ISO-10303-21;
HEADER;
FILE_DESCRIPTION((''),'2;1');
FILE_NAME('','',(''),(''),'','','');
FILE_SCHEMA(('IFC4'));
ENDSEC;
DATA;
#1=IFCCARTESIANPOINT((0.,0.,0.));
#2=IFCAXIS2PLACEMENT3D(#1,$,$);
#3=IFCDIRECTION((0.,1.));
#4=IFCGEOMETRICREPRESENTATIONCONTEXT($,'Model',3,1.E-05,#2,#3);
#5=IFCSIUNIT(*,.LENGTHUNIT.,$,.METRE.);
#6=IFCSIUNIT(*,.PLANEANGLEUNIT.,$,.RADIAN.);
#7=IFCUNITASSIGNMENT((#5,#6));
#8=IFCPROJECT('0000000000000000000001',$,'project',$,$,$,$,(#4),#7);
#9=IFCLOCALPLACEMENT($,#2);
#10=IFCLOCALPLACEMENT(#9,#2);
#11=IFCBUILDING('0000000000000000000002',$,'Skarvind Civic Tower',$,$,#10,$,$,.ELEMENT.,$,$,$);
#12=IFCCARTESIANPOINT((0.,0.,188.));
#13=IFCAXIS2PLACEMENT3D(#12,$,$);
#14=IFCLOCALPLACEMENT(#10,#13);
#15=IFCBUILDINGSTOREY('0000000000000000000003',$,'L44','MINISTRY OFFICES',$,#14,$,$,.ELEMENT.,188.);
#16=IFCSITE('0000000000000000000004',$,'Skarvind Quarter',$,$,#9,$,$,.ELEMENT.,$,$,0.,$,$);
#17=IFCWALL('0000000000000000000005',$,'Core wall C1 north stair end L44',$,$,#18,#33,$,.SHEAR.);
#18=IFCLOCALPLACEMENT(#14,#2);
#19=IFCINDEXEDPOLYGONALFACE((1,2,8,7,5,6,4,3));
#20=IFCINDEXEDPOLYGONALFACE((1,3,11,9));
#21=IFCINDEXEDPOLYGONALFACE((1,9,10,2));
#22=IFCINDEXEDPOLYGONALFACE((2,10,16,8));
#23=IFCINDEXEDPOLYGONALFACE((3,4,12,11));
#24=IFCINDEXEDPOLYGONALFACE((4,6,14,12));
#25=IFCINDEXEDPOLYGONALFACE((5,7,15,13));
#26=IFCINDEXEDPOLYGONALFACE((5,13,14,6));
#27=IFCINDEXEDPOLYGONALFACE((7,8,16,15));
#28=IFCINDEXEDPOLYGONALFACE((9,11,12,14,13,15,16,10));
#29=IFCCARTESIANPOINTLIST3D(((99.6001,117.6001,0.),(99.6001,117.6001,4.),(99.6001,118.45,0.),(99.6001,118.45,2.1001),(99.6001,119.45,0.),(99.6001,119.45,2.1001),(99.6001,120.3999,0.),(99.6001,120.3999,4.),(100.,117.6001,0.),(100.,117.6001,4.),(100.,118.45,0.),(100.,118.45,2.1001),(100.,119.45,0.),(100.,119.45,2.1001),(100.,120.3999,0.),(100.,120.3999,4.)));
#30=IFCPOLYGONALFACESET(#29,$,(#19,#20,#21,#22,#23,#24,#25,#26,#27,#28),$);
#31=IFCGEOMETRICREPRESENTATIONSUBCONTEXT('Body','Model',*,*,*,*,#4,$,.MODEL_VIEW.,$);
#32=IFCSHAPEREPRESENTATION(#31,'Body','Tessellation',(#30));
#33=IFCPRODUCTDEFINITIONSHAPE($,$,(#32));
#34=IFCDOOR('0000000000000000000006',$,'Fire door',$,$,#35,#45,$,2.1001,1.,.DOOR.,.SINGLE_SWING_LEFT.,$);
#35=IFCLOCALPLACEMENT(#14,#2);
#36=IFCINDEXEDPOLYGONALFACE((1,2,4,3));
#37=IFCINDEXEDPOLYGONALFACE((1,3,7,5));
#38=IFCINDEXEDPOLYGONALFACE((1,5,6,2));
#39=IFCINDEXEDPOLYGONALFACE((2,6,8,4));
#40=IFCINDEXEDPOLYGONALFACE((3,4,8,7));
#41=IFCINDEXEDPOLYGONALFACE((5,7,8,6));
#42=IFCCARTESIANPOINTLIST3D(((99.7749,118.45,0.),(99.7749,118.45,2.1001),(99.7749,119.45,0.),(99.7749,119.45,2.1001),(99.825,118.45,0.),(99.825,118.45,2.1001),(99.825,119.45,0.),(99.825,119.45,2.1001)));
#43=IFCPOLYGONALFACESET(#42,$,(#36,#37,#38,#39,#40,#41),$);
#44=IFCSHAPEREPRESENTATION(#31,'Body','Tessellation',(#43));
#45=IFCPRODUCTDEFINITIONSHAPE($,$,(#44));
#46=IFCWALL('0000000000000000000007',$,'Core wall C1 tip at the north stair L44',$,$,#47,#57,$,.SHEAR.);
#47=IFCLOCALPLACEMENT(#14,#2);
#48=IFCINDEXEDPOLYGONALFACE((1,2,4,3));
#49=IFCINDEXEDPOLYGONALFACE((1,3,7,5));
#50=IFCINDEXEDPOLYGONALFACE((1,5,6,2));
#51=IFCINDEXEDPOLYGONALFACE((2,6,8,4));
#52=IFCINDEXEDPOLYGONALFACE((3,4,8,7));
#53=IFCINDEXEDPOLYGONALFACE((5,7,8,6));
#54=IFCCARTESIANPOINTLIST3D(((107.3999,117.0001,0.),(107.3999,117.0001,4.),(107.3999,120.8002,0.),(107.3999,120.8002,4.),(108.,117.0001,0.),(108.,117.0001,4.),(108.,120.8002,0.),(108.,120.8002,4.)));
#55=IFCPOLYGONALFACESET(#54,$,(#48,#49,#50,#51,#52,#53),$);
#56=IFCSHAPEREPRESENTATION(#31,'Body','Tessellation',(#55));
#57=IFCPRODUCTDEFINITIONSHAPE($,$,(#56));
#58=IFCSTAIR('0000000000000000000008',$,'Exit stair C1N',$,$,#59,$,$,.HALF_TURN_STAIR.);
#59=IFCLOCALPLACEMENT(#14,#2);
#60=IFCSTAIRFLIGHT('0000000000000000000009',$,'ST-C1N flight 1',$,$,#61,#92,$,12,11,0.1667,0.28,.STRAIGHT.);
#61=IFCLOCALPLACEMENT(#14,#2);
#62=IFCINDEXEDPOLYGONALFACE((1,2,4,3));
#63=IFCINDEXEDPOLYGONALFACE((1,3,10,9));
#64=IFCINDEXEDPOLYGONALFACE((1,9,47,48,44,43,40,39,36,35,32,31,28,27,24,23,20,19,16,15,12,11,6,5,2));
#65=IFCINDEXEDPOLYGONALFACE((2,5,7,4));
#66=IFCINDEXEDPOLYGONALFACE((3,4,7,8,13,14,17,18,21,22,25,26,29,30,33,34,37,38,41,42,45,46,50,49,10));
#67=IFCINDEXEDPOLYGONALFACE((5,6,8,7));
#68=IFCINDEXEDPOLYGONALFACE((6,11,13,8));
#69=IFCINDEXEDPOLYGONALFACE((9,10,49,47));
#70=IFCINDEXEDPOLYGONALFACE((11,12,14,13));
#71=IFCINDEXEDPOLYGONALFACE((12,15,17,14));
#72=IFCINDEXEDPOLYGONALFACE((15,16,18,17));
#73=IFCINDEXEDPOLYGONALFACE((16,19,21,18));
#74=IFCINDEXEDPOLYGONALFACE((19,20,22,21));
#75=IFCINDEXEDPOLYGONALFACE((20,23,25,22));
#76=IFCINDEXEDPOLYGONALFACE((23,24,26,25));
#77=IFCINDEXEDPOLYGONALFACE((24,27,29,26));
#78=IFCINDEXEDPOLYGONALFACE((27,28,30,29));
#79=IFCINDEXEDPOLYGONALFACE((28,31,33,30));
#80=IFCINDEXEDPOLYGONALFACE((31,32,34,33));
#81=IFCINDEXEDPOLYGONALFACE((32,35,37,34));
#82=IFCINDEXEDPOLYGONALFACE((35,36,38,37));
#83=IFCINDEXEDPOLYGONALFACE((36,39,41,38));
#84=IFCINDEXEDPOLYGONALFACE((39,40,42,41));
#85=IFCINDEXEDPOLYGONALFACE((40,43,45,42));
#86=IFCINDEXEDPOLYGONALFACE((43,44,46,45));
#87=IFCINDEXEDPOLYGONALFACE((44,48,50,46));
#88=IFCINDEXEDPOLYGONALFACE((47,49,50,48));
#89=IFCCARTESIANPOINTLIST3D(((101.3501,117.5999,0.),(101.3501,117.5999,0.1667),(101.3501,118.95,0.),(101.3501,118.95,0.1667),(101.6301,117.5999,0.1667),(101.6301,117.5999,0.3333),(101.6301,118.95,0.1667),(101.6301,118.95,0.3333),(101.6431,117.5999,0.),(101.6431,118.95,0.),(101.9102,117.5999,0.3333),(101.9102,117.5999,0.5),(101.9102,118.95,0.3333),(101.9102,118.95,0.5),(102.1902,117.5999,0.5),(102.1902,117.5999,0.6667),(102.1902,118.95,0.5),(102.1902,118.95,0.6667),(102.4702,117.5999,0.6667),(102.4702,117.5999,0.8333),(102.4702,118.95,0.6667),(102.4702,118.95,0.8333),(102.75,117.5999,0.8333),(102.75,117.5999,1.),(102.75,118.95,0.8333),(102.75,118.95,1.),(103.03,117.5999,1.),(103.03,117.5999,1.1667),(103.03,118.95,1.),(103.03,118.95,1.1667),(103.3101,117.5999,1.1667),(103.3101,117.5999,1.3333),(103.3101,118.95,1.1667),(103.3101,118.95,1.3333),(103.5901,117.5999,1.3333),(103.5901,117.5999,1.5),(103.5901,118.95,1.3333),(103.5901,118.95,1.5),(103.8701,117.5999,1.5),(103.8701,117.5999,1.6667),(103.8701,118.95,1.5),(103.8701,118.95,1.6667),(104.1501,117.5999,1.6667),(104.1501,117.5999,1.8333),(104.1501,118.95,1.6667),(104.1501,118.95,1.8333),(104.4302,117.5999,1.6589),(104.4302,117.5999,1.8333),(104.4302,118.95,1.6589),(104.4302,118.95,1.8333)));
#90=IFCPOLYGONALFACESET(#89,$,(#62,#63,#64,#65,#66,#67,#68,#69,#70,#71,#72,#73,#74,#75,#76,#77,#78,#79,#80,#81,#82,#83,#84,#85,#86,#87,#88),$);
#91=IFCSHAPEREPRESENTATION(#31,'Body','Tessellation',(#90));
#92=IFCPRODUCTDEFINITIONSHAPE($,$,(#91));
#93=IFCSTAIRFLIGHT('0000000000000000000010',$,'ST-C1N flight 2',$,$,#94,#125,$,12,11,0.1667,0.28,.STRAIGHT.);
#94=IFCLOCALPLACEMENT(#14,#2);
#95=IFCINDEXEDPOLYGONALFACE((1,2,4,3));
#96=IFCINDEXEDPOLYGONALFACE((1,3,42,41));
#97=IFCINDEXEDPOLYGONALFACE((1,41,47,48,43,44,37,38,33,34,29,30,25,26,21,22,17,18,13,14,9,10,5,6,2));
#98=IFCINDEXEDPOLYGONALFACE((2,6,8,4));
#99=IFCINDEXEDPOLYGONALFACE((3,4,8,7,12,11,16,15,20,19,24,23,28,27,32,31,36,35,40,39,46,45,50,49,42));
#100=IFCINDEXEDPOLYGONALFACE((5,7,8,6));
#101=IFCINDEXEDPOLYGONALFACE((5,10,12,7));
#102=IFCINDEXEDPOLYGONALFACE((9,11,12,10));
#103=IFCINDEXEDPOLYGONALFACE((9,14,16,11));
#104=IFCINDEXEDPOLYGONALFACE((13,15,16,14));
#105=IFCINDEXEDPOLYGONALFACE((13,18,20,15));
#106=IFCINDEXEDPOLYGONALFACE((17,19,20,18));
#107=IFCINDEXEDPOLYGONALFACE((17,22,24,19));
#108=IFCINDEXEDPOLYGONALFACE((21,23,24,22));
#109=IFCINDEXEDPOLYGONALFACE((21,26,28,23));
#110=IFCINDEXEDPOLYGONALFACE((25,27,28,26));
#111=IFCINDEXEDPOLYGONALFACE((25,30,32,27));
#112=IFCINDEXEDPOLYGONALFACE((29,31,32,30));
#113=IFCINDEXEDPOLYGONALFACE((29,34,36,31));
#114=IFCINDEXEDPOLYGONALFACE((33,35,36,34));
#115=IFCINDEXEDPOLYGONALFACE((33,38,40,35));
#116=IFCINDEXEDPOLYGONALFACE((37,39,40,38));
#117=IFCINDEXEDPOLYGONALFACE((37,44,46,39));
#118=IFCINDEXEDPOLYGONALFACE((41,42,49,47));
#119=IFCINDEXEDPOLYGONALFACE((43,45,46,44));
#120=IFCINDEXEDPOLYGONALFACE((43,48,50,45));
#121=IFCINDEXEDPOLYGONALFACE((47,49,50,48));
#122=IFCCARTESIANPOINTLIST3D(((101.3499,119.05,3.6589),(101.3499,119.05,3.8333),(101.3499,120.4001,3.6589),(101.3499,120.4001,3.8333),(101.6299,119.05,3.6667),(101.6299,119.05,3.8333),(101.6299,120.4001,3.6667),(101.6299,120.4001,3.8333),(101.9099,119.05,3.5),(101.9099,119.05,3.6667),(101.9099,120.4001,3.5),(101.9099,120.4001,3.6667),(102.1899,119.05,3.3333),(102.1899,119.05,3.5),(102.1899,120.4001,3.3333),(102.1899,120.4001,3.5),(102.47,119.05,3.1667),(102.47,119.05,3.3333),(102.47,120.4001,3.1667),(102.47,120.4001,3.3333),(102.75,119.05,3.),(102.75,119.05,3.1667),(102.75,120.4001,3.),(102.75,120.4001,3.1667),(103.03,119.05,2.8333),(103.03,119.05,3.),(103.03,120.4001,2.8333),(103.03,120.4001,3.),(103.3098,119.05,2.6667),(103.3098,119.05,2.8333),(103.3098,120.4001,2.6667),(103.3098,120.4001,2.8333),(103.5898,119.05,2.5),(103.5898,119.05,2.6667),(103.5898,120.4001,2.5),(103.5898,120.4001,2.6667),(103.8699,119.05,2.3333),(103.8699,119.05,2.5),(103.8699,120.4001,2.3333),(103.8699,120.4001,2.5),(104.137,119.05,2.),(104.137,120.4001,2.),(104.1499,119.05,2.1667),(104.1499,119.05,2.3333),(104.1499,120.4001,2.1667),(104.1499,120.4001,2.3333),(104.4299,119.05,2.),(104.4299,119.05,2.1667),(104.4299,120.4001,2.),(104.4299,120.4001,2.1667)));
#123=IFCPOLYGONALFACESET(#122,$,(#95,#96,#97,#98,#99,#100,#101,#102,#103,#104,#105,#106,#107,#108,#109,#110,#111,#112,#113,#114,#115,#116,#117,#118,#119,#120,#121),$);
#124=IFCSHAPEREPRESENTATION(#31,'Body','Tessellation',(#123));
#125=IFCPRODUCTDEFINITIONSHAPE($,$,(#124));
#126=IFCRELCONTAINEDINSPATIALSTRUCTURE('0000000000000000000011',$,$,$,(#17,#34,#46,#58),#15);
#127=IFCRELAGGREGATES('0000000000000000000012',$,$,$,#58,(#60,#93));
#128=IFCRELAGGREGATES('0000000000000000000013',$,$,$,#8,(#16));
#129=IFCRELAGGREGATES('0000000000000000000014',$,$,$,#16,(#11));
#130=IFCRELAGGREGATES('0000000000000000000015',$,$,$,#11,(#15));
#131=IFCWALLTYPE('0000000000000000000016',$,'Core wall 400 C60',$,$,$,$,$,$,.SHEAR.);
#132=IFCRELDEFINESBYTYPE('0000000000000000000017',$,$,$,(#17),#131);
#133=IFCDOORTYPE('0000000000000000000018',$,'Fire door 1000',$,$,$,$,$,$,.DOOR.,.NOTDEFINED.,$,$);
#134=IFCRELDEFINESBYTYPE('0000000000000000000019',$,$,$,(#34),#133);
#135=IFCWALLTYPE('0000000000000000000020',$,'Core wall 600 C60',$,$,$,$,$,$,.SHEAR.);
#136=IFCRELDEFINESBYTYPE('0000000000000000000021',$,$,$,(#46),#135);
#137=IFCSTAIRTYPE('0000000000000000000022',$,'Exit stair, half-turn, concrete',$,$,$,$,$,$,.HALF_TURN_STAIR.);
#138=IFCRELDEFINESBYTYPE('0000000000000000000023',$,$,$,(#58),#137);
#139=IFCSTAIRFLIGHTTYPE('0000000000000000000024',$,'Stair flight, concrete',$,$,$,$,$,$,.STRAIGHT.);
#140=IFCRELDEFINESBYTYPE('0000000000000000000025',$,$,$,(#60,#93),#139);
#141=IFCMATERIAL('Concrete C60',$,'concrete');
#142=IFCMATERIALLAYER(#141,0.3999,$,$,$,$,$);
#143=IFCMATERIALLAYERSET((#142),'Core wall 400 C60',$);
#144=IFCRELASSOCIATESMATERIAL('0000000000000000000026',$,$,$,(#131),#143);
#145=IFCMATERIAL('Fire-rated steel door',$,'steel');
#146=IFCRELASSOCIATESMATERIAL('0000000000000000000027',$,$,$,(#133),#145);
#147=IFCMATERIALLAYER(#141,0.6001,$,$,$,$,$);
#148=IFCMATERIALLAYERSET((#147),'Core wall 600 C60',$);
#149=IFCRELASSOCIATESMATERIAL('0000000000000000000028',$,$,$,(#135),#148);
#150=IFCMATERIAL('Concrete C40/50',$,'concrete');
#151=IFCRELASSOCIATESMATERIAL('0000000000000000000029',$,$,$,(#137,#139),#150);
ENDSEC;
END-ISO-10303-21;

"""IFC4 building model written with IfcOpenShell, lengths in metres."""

from ifc_helpers import new_model, si_unit, direction, frame, frame_2d, origin, place, context, subcontext, project, spatial, polyline, rectangle, outline, extrude, material, layer, layer_set, type_object, element, fill, aggregate, save


model = new_model("IFC4")

# Units and contexts
model_context = context("Model", 3, precision=1e-05, world=origin(), true_north=direction((0.0, 1.0)))
body_context = subcontext(model_context, "Body", "Model", "MODEL_VIEW")
ifc_project = project(units=[si_unit("LENGTHUNIT", "METRE"), si_unit("PLANEANGLEUNIT", "RADIAN")], contexts=[model_context])

# Site, building, storey
site_placement = place(None, origin())
site = spatial("IfcSite", under=ifc_project, at=site_placement, Name="Skarvind Quarter", CompositionType="ELEMENT", RefElevation=0.0)
building_placement = place(site_placement, origin())
building = spatial("IfcBuilding", under=site, at=building_placement, Name="Skarvind Civic Tower", CompositionType="ELEMENT")
storey_placement = place(building_placement, frame((0.0, 0.0, 188.0)))
storey = spatial("IfcBuildingStorey", under=building, at=storey_placement, Name="L44", Description="MINISTRY OFFICES", CompositionType="ELEMENT", Elevation=188.0)

# Shared definitions
ifc_material_1 = material(Name="Concrete C60", Category="concrete")

# Shared definitions
ifc_layer_1 = layer(ifc_material_1, 0.3999)
ifc_layer_set_1 = layer_set([ifc_layer_1], Name="Core wall 400 C60")
wall_type_1 = type_object("IfcWallType", Name="Core wall 400 C60", PredefinedType="SHEAR", material=ifc_layer_set_1)

# Wall, opening, door
wall_1_placement = place(storey_placement, frame((99.8, 120.3999, 0.0), z_axis=(0.0, 0.0, 1.0), x_axis=(0.0, -1.0, 0.0)))
wall_1 = element("IfcWall", 1, at=wall_1_placement, inside=storey, type_object=wall_type_1, Name="Core wall C1 north stair end L44", PredefinedType="SHEAR", context=body_context, shape_type="SweptSolid", body=[
    extrude(rectangle(XDim=2.7998, YDim=0.3999, at=frame_2d((1.3999, 0.0))), origin(), (0.0, 0.0, 1.0), 4.0),
])
opening_1_placement = place(wall_1_placement, frame((0.95, 0.0, 0.0)))
opening_1 = element("IfcOpeningElement", 2, at=opening_1_placement, cuts=wall_1, PredefinedType="OPENING", context=body_context, shape_type="SweptSolid", body=[
    extrude(rectangle(XDim=1.0, YDim=2.1001, at=frame_2d((0.5, 1.05))), frame((0.0, 0.21, 0.0), z_axis=(0.0, -1.0, 0.0), x_axis=(1.0, 0.0, 0.0)), (0.0, 0.0, 1.0), 0.4199),
])
ifc_material_2 = material(Name="Fire-rated steel door", Category="steel")
door_type_1 = type_object("IfcDoorType", Name="Fire door 1000", OperationType="NOTDEFINED", PredefinedType="DOOR", material=ifc_material_2)
door_1_placement = place(opening_1_placement, origin())
door_1 = element("IfcDoor", 3, at=door_1_placement, inside=storey, type_object=door_type_1, Name="Fire door", OperationType="SINGLE_SWING_LEFT", OverallHeight=2.1001, OverallWidth=1.0, PredefinedType="DOOR", context=body_context, shape_type="SweptSolid", body=[
    extrude(rectangle(XDim=1.0, YDim=2.1001, at=frame_2d((0.5, 1.05))), frame((0.0, 0.0249, 0.0), z_axis=(0.0, -1.0, 0.0), x_axis=(1.0, 0.0, 0.0)), (0.0, 0.0, 1.0), 0.05),
])
fill(opening_1, door_1)

# Wall
ifc_layer_2 = layer(ifc_material_1, 0.6001)
ifc_layer_set_2 = layer_set([ifc_layer_2], Name="Core wall 600 C60")
wall_type_2 = type_object("IfcWallType", Name="Core wall 600 C60", PredefinedType="SHEAR", material=ifc_layer_set_2)
wall_2_placement = place(storey_placement, frame((107.7, 120.8, 0.0), z_axis=(0.0, 0.0, 1.0), x_axis=(0.0, -1.0, 0.0)))
element("IfcWall", 4, at=wall_2_placement, inside=storey, type_object=wall_type_2, Name="Core wall C1 tip at the north stair L44", PredefinedType="SHEAR", context=body_context, shape_type="SweptSolid", body=[
    extrude(rectangle(XDim=3.8, YDim=0.6001, at=frame_2d((1.8999, 0.0))), origin(), (0.0, 0.0, 1.0), 4.0),
])

# Stair, stair flights
ifc_material_3 = material(Name="Concrete C40/50", Category="concrete")
stair_type = type_object("IfcStairType", Name="Exit stair, half-turn, concrete", PredefinedType="HALF_TURN_STAIR", material=ifc_material_3)
stair_placement = place(storey_placement, origin())
stair = element("IfcStair", 5, at=stair_placement, inside=storey, type_object=stair_type, Name="Exit stair C1N", PredefinedType="HALF_TURN_STAIR")
stair_flight_type = type_object("IfcStairFlightType", Name="Stair flight, concrete", PredefinedType="STRAIGHT", material=ifc_material_3)
stair_flight_1_placement = place(storey_placement, frame((101.3501, 118.2749, 0.0), z_axis=(0.0, 0.0, 1.0), x_axis=(1.0, 0.0, 0.0)))
stair_flight_1 = element("IfcStairFlight", 6, at=stair_flight_1_placement, type_object=stair_flight_type, Name="ST-C1N flight 1", NumberOfRisers=12, NumberOfTreads=11, PredefinedType="STRAIGHT", RiserHeight=0.1667, TreadLength=0.28, context=body_context, shape_type="SweptSolid", body=[
    extrude(outline(polyline([(0.0, 0.0), (0.0, 0.1667), (0.28, 0.1667), (0.28, 0.3333), (0.5601, 0.3333), (0.5601, 0.5), (0.8401, 0.5), (0.8401, 0.6667), (1.1201, 0.6667), (1.1201, 0.8333), (1.3999, 0.8333), (1.3999, 1.0), (1.6799, 1.0), (1.6799, 1.1667), (1.96, 1.1667), (1.96, 1.3333), (2.24, 1.3333), (2.24, 1.5), (2.52, 1.5), (2.52, 1.6667), (2.8, 1.6667), (2.8, 1.8333), (3.0801, 1.8333), (3.0801, 2.0), (3.0801, 1.6589), (0.293, 0.0), (0.0, 0.0)])), frame((0.0, 0.675, 0.0), z_axis=(0.0, -1.0, 0.0), x_axis=(1.0, 0.0, 0.0)), (0.0, 0.0, 1.0), 1.3501),
])
stair_flight_2_placement = place(storey_placement, frame((104.4299, 119.7251, 2.0), z_axis=(0.0, 0.0, 1.0), x_axis=(-1.0, 0.0, 0.0)))
stair_flight_2 = element("IfcStairFlight", 7, at=stair_flight_2_placement, type_object=stair_flight_type, Name="ST-C1N flight 2", NumberOfRisers=12, NumberOfTreads=11, PredefinedType="STRAIGHT", RiserHeight=0.1667, TreadLength=0.28, context=body_context, shape_type="SweptSolid", body=[
    extrude(outline(polyline([(0.0, 0.0), (0.0, 0.1667), (0.28, 0.1667), (0.28, 0.3333), (0.5601, 0.3333), (0.5601, 0.5), (0.8401, 0.5), (0.8401, 0.6667), (1.1201, 0.6667), (1.1201, 0.8333), (1.3999, 0.8333), (1.3999, 1.0), (1.6799, 1.0), (1.6799, 1.1667), (1.96, 1.1667), (1.96, 1.3333), (2.24, 1.3333), (2.24, 1.5), (2.52, 1.5), (2.52, 1.6667), (2.8, 1.6667), (2.8, 1.8333), (3.0801, 1.8333), (3.0801, 2.0), (3.0801, 1.6589), (0.293, 0.0), (0.0, 0.0)])), frame((0.0, 0.675, 0.0), z_axis=(0.0, -1.0, 0.0), x_axis=(1.0, 0.0, 0.0)), (0.0, 0.0, 1.0), 1.3501),
])
aggregate(stair, [stair_flight_1, stair_flight_2])

save(model, "model.ifc")
